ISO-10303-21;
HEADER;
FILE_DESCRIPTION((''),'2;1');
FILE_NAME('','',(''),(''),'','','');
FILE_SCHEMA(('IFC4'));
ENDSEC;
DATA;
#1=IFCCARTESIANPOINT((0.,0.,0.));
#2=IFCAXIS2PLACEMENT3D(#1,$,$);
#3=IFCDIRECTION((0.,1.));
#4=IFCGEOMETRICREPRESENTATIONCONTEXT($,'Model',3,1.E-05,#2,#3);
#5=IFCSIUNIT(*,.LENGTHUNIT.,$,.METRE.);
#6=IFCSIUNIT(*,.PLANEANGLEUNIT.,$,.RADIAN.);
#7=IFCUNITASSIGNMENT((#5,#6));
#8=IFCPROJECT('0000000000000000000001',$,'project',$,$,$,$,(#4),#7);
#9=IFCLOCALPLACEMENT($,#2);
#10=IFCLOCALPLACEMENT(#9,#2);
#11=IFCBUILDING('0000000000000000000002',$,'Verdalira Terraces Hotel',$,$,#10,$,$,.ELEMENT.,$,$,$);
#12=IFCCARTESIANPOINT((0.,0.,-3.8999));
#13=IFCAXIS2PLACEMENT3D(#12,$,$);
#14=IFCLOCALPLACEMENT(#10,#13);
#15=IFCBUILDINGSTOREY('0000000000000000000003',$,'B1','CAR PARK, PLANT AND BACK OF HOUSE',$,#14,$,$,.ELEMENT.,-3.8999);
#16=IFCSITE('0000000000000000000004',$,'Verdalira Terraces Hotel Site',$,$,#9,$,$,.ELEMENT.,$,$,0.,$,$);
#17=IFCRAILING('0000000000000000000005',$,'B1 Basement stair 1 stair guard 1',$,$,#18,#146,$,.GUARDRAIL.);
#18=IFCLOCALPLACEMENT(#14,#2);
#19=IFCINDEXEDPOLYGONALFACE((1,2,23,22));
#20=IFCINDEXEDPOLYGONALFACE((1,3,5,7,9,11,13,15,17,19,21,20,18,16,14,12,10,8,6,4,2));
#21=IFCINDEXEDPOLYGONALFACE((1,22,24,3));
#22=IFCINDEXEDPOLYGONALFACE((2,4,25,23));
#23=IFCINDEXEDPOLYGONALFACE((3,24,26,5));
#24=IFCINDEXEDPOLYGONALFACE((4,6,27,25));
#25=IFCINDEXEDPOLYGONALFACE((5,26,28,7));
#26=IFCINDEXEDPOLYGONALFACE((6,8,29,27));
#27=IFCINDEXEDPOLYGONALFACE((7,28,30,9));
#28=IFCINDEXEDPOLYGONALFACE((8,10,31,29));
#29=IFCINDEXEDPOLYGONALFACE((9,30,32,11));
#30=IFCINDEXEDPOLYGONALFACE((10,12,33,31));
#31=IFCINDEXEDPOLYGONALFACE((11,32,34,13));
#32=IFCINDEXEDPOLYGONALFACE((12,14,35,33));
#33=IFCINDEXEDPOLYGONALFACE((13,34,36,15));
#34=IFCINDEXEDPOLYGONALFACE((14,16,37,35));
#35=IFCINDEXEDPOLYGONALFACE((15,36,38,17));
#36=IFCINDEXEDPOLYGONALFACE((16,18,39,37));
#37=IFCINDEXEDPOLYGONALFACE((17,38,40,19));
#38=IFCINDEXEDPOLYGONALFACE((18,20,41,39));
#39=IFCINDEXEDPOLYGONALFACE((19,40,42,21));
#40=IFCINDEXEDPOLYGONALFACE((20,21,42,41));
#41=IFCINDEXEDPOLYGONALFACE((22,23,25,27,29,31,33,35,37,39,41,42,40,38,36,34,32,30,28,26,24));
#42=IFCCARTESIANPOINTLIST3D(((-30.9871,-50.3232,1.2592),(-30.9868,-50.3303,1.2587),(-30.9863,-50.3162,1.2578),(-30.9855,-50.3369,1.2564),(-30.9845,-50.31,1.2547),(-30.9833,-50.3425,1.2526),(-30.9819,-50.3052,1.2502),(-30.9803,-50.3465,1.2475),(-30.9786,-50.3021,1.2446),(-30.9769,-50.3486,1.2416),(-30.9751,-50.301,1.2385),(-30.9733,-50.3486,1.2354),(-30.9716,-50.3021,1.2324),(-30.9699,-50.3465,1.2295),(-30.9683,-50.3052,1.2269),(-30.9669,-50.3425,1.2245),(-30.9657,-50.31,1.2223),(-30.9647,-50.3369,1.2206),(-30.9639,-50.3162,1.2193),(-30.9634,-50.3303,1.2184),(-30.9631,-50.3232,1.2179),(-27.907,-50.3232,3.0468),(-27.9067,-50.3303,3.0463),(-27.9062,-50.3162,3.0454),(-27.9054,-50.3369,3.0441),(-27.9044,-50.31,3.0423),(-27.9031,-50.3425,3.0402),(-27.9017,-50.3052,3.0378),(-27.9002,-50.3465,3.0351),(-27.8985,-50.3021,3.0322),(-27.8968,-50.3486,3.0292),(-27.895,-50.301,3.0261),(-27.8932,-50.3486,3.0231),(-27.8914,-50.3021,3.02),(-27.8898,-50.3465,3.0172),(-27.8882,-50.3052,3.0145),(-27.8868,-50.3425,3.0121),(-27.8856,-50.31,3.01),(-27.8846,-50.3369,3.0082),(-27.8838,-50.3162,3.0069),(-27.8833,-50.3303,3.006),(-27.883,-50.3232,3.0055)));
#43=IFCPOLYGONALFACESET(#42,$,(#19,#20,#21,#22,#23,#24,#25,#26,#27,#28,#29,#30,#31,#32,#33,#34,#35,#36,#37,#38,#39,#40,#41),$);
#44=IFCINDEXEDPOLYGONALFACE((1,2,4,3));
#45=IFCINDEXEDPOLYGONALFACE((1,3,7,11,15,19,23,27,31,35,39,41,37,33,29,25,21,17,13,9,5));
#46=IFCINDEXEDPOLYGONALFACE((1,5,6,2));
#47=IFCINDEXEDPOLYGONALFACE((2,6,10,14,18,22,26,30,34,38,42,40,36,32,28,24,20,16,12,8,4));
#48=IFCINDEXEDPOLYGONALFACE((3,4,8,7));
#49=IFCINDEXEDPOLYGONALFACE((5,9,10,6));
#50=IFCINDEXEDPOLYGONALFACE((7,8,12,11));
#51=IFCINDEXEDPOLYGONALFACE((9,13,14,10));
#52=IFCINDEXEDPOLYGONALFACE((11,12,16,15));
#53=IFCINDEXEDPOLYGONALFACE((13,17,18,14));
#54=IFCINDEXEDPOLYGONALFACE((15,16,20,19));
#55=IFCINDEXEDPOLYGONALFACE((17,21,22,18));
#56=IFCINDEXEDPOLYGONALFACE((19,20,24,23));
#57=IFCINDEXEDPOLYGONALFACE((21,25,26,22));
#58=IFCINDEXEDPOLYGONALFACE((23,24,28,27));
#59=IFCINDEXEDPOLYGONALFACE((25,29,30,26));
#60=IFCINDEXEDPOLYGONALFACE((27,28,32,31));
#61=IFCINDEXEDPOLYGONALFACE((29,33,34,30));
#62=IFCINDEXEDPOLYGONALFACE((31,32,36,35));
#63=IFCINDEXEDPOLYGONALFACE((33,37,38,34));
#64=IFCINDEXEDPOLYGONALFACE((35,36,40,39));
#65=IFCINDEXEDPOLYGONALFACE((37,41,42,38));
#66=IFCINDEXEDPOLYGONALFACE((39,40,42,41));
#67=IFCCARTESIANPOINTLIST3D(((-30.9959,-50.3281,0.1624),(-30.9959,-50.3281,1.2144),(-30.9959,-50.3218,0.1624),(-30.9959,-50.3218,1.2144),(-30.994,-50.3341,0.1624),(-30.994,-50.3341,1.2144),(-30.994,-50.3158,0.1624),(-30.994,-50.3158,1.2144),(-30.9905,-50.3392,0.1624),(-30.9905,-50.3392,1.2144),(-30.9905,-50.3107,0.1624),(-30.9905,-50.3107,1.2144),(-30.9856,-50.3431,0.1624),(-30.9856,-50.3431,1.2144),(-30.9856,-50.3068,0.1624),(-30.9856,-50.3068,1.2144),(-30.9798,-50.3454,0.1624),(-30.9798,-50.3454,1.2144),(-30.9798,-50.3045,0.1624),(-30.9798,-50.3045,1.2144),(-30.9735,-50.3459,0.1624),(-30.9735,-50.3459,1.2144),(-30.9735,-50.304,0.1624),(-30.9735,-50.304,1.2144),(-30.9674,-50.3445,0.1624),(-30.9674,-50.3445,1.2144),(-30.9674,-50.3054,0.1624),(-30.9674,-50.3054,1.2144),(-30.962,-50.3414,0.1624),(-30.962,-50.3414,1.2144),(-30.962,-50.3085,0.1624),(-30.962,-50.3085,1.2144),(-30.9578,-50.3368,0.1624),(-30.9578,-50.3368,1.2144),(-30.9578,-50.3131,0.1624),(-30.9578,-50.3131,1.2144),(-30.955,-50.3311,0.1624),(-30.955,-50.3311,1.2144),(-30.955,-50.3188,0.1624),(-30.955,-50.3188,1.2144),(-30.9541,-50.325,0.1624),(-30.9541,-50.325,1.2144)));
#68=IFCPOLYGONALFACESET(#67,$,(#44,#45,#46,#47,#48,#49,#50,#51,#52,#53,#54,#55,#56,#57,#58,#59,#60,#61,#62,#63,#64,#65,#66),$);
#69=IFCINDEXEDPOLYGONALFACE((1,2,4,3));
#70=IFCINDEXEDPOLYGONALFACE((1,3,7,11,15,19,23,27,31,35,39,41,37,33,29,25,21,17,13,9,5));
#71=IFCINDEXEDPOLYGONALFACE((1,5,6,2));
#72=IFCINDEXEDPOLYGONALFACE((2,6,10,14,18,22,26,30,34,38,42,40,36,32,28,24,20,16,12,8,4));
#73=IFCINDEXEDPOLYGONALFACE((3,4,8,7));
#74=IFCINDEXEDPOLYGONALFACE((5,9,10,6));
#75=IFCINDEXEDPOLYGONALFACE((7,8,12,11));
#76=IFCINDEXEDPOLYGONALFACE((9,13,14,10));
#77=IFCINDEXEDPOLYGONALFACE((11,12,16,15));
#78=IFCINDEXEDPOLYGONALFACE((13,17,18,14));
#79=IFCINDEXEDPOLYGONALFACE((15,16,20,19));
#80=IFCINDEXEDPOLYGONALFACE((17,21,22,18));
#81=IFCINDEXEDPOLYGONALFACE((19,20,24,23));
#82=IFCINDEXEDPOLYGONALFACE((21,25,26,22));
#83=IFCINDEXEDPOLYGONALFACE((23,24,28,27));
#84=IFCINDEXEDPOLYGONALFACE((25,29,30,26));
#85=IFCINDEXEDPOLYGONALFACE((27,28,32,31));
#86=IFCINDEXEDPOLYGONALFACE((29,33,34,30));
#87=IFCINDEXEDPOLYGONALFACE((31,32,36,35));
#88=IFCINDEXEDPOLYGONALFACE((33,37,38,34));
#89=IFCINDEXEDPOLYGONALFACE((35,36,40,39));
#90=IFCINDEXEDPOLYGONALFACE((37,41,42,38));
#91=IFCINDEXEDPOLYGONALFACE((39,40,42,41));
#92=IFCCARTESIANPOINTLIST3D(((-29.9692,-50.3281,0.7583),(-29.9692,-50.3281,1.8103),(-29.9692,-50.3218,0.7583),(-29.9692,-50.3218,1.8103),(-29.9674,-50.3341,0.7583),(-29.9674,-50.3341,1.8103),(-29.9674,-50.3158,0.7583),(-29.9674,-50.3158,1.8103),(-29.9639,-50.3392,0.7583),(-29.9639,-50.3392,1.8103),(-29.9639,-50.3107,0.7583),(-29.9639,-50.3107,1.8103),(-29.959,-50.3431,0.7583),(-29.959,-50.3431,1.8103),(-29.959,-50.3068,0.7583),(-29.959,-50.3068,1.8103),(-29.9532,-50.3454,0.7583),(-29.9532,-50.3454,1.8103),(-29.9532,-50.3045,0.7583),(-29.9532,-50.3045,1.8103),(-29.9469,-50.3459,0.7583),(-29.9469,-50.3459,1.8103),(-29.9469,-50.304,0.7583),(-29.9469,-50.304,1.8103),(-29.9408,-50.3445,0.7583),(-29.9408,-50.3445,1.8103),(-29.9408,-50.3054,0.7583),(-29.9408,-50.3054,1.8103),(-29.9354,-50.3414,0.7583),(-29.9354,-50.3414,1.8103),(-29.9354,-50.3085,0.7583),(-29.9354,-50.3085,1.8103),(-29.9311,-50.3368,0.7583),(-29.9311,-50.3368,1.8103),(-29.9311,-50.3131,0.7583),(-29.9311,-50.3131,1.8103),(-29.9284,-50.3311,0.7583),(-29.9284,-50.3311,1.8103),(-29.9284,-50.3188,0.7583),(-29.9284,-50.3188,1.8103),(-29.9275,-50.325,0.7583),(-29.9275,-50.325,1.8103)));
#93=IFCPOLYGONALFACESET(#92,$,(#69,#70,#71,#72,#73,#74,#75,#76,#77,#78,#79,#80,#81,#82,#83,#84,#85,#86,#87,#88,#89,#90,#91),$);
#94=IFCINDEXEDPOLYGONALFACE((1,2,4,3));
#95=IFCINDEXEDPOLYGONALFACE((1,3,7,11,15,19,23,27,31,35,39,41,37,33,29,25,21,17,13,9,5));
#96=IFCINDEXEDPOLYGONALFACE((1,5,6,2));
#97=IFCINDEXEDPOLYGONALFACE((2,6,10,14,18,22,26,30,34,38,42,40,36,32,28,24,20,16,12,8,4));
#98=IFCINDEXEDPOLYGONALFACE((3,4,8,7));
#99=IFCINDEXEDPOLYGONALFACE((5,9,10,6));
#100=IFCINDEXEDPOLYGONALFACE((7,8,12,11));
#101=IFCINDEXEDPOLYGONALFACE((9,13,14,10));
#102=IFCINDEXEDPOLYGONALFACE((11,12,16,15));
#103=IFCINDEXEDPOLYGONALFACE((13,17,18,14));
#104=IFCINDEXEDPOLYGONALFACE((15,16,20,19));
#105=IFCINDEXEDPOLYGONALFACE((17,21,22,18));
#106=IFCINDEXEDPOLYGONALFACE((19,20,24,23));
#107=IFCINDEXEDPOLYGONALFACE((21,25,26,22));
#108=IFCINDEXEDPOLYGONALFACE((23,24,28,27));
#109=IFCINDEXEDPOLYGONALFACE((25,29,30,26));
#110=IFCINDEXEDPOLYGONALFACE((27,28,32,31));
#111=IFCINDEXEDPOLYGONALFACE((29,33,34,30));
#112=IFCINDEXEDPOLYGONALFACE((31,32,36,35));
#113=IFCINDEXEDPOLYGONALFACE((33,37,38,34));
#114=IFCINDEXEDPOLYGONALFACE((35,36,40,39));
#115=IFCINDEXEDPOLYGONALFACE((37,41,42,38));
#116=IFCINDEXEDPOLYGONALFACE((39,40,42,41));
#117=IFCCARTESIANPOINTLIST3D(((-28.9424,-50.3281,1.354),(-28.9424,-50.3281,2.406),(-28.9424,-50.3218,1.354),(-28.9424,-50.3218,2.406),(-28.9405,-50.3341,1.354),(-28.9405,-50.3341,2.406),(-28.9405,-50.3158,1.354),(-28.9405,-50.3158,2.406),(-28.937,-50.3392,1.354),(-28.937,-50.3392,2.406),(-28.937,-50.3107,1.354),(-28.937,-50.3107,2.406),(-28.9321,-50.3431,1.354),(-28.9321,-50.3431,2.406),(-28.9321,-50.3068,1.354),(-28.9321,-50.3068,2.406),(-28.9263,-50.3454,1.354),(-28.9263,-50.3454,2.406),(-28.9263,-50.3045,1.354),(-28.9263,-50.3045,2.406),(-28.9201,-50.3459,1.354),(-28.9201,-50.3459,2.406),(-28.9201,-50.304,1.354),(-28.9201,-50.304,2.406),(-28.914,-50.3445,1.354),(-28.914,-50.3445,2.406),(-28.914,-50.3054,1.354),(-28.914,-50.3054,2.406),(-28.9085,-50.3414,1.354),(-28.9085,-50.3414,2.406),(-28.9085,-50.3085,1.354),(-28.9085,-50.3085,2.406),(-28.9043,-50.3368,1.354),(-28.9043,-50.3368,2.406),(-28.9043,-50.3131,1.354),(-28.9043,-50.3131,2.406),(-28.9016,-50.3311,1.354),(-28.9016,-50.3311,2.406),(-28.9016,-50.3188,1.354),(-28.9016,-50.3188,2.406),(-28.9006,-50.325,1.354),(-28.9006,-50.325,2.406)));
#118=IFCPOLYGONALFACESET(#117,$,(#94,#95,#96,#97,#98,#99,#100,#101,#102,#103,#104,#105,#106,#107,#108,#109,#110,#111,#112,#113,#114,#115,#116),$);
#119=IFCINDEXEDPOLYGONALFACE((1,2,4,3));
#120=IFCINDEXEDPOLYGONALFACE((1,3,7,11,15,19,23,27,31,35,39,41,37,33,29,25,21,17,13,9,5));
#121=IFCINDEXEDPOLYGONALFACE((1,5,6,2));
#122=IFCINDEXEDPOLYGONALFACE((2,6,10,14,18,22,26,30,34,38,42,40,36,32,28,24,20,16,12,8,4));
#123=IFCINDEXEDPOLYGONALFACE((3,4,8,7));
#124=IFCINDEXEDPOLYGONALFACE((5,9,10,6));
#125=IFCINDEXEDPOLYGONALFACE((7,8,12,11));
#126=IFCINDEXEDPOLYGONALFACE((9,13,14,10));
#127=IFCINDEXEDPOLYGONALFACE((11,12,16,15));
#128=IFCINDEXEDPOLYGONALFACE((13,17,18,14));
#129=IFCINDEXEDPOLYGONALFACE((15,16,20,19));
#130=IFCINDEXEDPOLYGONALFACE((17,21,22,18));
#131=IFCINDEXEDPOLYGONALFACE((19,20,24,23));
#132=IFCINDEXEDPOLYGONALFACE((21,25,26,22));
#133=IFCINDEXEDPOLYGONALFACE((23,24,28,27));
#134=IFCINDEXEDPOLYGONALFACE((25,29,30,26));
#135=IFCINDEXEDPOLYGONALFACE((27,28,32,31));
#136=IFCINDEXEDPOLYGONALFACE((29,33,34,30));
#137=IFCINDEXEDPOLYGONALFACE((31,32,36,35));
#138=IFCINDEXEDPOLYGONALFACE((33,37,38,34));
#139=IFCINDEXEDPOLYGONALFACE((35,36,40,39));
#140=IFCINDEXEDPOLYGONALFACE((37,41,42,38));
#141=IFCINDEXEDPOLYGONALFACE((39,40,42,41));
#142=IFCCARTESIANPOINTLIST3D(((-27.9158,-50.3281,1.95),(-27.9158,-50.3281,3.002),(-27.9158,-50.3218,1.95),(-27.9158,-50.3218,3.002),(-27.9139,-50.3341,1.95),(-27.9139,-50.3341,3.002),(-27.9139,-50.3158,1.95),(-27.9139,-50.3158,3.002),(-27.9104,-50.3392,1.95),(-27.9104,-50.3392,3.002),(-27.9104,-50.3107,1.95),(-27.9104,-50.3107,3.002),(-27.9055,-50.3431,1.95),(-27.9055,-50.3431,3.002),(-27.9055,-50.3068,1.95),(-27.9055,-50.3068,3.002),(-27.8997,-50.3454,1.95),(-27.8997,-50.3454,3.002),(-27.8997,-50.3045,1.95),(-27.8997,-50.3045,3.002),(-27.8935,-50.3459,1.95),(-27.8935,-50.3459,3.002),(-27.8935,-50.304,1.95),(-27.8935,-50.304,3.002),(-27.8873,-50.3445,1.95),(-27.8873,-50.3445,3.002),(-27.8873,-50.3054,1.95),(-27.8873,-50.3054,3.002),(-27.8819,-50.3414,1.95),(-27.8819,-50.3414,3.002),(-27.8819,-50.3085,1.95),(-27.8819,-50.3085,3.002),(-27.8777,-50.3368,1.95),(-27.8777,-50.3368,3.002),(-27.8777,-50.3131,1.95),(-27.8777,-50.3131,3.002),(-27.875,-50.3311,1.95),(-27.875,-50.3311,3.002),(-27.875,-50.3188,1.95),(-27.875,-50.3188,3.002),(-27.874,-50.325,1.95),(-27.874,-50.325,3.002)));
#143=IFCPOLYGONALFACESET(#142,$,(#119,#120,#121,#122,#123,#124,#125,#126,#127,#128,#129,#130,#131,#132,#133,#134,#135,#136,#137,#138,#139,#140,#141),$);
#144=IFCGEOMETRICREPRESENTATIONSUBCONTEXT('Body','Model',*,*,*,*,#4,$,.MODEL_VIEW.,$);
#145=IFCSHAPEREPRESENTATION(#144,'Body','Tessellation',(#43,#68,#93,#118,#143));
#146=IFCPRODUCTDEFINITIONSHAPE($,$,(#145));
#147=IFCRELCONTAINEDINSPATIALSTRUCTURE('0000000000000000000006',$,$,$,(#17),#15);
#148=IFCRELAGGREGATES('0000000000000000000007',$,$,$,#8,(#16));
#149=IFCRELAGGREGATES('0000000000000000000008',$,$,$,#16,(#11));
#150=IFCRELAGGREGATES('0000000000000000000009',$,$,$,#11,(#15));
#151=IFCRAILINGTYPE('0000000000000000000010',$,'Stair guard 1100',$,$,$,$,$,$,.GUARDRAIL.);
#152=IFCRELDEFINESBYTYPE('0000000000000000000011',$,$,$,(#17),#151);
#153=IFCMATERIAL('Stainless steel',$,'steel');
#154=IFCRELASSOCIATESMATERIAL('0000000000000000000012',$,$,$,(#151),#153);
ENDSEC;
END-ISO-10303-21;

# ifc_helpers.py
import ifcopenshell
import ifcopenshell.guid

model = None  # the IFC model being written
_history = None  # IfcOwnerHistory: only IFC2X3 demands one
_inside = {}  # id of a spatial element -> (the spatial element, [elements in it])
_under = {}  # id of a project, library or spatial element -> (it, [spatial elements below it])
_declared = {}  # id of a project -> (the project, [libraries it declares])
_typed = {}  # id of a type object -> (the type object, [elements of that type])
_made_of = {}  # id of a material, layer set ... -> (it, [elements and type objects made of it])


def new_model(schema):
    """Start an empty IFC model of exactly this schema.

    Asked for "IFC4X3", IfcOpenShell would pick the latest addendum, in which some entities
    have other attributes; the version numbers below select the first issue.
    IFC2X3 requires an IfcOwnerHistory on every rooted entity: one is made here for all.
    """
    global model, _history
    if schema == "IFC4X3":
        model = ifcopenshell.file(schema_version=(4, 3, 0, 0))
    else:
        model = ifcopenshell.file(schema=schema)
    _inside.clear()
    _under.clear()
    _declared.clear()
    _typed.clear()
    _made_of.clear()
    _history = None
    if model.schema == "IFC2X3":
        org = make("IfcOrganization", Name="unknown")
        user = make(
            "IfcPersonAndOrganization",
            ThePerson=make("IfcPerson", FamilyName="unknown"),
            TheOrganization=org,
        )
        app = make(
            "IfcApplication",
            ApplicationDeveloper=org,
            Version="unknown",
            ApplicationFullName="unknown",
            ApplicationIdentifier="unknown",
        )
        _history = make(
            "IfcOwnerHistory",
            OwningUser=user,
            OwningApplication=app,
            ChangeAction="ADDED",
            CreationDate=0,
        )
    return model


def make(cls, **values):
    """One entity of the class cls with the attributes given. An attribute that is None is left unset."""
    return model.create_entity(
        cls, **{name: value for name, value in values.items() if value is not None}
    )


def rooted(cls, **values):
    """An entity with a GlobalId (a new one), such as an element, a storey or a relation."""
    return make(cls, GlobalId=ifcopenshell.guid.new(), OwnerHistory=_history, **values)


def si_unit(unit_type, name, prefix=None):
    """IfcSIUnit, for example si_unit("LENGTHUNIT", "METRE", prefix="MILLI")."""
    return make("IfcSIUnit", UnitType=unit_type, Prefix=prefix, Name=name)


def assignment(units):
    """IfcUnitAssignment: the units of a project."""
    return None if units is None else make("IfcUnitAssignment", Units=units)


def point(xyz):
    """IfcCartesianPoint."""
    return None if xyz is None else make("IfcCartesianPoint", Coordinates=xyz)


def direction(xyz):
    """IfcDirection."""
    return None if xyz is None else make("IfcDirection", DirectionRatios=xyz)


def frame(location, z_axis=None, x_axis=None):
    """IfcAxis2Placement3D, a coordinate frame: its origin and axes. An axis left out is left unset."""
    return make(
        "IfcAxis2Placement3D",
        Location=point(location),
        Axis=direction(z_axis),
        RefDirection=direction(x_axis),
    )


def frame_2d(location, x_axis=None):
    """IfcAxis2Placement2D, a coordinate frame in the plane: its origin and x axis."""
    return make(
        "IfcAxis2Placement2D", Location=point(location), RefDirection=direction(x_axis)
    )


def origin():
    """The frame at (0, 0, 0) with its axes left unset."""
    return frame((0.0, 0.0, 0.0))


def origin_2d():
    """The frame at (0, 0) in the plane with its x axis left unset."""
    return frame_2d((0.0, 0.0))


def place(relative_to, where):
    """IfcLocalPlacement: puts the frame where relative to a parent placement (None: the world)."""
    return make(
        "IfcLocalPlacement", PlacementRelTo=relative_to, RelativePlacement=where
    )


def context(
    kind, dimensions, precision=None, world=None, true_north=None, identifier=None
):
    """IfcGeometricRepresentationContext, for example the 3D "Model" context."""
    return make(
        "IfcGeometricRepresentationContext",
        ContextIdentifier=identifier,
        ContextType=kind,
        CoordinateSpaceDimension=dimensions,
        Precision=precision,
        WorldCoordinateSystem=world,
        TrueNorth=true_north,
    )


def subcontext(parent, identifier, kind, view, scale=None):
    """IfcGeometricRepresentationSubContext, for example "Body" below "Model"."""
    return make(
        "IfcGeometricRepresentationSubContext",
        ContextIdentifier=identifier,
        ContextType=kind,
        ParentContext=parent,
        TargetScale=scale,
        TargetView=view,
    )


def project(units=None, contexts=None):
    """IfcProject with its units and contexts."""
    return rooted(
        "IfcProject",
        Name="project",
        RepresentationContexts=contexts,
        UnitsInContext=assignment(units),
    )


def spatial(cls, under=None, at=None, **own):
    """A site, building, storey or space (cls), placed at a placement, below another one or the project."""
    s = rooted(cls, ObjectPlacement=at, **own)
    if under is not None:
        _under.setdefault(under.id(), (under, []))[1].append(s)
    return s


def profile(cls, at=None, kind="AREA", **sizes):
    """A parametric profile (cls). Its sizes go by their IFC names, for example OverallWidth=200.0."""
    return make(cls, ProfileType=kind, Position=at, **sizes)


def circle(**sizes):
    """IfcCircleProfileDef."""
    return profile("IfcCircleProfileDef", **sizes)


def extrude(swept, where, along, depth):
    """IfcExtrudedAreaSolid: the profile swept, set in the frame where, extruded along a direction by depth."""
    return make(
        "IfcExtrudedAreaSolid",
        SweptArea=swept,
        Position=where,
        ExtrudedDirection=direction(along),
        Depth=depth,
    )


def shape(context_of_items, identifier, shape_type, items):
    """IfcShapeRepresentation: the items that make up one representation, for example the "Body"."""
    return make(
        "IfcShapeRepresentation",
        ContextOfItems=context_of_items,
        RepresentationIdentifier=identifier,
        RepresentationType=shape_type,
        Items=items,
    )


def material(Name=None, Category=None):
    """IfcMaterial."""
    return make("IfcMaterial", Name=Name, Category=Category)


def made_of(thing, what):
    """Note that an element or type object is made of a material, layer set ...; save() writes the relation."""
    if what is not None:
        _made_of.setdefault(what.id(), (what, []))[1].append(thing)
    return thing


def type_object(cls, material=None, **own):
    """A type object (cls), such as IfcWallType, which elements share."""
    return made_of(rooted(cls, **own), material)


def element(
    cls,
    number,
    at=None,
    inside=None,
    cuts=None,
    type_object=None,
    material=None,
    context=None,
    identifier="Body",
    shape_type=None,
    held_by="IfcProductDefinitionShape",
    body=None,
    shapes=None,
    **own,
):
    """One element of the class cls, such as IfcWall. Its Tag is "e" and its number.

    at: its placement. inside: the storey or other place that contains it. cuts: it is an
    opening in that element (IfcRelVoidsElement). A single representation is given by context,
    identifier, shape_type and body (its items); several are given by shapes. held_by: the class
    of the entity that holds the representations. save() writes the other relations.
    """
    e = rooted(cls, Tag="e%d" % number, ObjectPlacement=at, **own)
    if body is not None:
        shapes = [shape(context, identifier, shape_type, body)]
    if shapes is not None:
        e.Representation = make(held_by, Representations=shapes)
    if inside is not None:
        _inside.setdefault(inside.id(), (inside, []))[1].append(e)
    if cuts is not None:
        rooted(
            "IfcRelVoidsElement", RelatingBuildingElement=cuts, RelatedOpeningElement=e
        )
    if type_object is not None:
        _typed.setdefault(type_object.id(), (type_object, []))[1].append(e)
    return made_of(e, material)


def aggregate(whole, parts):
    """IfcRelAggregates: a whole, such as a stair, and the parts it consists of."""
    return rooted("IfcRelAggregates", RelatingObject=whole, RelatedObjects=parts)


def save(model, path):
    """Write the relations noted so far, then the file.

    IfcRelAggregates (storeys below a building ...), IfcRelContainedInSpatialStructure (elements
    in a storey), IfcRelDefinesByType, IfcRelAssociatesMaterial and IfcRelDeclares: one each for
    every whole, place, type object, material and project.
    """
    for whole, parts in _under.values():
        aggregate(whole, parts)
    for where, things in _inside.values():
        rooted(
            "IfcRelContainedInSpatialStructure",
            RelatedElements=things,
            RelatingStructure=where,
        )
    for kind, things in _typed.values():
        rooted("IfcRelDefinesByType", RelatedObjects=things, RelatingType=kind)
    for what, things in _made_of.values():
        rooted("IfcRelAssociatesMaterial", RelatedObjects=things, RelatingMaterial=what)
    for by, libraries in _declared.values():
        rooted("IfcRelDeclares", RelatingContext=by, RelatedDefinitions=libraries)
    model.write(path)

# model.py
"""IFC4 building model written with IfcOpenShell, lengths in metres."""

from ifc_helpers import new_model, si_unit, direction, frame, origin, origin_2d, place, context, subcontext, project, spatial, circle, extrude, material, type_object, element, save


model = new_model("IFC4")

# Units and contexts
model_context = context("Model", 3, precision=1e-05, world=origin(), true_north=direction((0.0, 1.0)))
body_context = subcontext(model_context, "Body", "Model", "MODEL_VIEW")
ifc_project = project(units=[si_unit("LENGTHUNIT", "METRE"), si_unit("PLANEANGLEUNIT", "RADIAN")], contexts=[model_context])

# Site, building, storey
site_placement = place(None, origin())
site = spatial("IfcSite", under=ifc_project, at=site_placement, Name="Verdalira Terraces Hotel Site", CompositionType="ELEMENT", RefElevation=0.0)
building_placement = place(site_placement, origin())
building = spatial("IfcBuilding", under=site, at=building_placement, Name="Verdalira Terraces Hotel", CompositionType="ELEMENT")
storey_placement = place(building_placement, frame((0.0, 0.0, -3.8999)))
storey = spatial("IfcBuildingStorey", under=building, at=storey_placement, Name="B1", Description="CAR PARK, PLANT AND BACK OF HOUSE", CompositionType="ELEMENT", Elevation=-3.8999)

# Railing
ifc_material_1 = material(Name="Stainless steel", Category="steel")
railing_type_1 = type_object("IfcRailingType", Name="Stair guard 1100", PredefinedType="GUARDRAIL", material=ifc_material_1)
railing_1_placement = place(storey_placement, frame((-30.9751, -50.325, 0.1624)))
element("IfcRailing", 1, at=railing_1_placement, inside=storey, type_object=railing_type_1, Name="B1 Basement stair 1 stair guard 1", PredefinedType="GUARDRAIL", context=body_context, shape_type="SweptSolid", body=[
    extrude(circle(Radius=0.0239, at=origin_2d()), frame((0.0, 0.0, 1.0762), z_axis=(0.864891, 0.0, 0.50196), x_axis=(0.0, 1.0, 0.0)), (0.0, 0.0, 1.0), 3.5613),
    extrude(circle(Radius=0.021, at=origin_2d()), origin(), (0.0, 0.0, 1.0), 1.052),
    extrude(circle(Radius=0.021, at=origin_2d()), frame((1.0266, 0.0, 0.5959)), (0.0, 0.0, 1.0), 1.052),
    extrude(circle(Radius=0.021, at=origin_2d()), frame((2.0535, 0.0, 1.1917)), (0.0, 0.0, 1.0), 1.052),
    extrude(circle(Radius=0.021, at=origin_2d()), frame((3.0801, 0.0, 1.7876)), (0.0, 0.0, 1.0), 1.052),
])

save(model, "model.ifc")
